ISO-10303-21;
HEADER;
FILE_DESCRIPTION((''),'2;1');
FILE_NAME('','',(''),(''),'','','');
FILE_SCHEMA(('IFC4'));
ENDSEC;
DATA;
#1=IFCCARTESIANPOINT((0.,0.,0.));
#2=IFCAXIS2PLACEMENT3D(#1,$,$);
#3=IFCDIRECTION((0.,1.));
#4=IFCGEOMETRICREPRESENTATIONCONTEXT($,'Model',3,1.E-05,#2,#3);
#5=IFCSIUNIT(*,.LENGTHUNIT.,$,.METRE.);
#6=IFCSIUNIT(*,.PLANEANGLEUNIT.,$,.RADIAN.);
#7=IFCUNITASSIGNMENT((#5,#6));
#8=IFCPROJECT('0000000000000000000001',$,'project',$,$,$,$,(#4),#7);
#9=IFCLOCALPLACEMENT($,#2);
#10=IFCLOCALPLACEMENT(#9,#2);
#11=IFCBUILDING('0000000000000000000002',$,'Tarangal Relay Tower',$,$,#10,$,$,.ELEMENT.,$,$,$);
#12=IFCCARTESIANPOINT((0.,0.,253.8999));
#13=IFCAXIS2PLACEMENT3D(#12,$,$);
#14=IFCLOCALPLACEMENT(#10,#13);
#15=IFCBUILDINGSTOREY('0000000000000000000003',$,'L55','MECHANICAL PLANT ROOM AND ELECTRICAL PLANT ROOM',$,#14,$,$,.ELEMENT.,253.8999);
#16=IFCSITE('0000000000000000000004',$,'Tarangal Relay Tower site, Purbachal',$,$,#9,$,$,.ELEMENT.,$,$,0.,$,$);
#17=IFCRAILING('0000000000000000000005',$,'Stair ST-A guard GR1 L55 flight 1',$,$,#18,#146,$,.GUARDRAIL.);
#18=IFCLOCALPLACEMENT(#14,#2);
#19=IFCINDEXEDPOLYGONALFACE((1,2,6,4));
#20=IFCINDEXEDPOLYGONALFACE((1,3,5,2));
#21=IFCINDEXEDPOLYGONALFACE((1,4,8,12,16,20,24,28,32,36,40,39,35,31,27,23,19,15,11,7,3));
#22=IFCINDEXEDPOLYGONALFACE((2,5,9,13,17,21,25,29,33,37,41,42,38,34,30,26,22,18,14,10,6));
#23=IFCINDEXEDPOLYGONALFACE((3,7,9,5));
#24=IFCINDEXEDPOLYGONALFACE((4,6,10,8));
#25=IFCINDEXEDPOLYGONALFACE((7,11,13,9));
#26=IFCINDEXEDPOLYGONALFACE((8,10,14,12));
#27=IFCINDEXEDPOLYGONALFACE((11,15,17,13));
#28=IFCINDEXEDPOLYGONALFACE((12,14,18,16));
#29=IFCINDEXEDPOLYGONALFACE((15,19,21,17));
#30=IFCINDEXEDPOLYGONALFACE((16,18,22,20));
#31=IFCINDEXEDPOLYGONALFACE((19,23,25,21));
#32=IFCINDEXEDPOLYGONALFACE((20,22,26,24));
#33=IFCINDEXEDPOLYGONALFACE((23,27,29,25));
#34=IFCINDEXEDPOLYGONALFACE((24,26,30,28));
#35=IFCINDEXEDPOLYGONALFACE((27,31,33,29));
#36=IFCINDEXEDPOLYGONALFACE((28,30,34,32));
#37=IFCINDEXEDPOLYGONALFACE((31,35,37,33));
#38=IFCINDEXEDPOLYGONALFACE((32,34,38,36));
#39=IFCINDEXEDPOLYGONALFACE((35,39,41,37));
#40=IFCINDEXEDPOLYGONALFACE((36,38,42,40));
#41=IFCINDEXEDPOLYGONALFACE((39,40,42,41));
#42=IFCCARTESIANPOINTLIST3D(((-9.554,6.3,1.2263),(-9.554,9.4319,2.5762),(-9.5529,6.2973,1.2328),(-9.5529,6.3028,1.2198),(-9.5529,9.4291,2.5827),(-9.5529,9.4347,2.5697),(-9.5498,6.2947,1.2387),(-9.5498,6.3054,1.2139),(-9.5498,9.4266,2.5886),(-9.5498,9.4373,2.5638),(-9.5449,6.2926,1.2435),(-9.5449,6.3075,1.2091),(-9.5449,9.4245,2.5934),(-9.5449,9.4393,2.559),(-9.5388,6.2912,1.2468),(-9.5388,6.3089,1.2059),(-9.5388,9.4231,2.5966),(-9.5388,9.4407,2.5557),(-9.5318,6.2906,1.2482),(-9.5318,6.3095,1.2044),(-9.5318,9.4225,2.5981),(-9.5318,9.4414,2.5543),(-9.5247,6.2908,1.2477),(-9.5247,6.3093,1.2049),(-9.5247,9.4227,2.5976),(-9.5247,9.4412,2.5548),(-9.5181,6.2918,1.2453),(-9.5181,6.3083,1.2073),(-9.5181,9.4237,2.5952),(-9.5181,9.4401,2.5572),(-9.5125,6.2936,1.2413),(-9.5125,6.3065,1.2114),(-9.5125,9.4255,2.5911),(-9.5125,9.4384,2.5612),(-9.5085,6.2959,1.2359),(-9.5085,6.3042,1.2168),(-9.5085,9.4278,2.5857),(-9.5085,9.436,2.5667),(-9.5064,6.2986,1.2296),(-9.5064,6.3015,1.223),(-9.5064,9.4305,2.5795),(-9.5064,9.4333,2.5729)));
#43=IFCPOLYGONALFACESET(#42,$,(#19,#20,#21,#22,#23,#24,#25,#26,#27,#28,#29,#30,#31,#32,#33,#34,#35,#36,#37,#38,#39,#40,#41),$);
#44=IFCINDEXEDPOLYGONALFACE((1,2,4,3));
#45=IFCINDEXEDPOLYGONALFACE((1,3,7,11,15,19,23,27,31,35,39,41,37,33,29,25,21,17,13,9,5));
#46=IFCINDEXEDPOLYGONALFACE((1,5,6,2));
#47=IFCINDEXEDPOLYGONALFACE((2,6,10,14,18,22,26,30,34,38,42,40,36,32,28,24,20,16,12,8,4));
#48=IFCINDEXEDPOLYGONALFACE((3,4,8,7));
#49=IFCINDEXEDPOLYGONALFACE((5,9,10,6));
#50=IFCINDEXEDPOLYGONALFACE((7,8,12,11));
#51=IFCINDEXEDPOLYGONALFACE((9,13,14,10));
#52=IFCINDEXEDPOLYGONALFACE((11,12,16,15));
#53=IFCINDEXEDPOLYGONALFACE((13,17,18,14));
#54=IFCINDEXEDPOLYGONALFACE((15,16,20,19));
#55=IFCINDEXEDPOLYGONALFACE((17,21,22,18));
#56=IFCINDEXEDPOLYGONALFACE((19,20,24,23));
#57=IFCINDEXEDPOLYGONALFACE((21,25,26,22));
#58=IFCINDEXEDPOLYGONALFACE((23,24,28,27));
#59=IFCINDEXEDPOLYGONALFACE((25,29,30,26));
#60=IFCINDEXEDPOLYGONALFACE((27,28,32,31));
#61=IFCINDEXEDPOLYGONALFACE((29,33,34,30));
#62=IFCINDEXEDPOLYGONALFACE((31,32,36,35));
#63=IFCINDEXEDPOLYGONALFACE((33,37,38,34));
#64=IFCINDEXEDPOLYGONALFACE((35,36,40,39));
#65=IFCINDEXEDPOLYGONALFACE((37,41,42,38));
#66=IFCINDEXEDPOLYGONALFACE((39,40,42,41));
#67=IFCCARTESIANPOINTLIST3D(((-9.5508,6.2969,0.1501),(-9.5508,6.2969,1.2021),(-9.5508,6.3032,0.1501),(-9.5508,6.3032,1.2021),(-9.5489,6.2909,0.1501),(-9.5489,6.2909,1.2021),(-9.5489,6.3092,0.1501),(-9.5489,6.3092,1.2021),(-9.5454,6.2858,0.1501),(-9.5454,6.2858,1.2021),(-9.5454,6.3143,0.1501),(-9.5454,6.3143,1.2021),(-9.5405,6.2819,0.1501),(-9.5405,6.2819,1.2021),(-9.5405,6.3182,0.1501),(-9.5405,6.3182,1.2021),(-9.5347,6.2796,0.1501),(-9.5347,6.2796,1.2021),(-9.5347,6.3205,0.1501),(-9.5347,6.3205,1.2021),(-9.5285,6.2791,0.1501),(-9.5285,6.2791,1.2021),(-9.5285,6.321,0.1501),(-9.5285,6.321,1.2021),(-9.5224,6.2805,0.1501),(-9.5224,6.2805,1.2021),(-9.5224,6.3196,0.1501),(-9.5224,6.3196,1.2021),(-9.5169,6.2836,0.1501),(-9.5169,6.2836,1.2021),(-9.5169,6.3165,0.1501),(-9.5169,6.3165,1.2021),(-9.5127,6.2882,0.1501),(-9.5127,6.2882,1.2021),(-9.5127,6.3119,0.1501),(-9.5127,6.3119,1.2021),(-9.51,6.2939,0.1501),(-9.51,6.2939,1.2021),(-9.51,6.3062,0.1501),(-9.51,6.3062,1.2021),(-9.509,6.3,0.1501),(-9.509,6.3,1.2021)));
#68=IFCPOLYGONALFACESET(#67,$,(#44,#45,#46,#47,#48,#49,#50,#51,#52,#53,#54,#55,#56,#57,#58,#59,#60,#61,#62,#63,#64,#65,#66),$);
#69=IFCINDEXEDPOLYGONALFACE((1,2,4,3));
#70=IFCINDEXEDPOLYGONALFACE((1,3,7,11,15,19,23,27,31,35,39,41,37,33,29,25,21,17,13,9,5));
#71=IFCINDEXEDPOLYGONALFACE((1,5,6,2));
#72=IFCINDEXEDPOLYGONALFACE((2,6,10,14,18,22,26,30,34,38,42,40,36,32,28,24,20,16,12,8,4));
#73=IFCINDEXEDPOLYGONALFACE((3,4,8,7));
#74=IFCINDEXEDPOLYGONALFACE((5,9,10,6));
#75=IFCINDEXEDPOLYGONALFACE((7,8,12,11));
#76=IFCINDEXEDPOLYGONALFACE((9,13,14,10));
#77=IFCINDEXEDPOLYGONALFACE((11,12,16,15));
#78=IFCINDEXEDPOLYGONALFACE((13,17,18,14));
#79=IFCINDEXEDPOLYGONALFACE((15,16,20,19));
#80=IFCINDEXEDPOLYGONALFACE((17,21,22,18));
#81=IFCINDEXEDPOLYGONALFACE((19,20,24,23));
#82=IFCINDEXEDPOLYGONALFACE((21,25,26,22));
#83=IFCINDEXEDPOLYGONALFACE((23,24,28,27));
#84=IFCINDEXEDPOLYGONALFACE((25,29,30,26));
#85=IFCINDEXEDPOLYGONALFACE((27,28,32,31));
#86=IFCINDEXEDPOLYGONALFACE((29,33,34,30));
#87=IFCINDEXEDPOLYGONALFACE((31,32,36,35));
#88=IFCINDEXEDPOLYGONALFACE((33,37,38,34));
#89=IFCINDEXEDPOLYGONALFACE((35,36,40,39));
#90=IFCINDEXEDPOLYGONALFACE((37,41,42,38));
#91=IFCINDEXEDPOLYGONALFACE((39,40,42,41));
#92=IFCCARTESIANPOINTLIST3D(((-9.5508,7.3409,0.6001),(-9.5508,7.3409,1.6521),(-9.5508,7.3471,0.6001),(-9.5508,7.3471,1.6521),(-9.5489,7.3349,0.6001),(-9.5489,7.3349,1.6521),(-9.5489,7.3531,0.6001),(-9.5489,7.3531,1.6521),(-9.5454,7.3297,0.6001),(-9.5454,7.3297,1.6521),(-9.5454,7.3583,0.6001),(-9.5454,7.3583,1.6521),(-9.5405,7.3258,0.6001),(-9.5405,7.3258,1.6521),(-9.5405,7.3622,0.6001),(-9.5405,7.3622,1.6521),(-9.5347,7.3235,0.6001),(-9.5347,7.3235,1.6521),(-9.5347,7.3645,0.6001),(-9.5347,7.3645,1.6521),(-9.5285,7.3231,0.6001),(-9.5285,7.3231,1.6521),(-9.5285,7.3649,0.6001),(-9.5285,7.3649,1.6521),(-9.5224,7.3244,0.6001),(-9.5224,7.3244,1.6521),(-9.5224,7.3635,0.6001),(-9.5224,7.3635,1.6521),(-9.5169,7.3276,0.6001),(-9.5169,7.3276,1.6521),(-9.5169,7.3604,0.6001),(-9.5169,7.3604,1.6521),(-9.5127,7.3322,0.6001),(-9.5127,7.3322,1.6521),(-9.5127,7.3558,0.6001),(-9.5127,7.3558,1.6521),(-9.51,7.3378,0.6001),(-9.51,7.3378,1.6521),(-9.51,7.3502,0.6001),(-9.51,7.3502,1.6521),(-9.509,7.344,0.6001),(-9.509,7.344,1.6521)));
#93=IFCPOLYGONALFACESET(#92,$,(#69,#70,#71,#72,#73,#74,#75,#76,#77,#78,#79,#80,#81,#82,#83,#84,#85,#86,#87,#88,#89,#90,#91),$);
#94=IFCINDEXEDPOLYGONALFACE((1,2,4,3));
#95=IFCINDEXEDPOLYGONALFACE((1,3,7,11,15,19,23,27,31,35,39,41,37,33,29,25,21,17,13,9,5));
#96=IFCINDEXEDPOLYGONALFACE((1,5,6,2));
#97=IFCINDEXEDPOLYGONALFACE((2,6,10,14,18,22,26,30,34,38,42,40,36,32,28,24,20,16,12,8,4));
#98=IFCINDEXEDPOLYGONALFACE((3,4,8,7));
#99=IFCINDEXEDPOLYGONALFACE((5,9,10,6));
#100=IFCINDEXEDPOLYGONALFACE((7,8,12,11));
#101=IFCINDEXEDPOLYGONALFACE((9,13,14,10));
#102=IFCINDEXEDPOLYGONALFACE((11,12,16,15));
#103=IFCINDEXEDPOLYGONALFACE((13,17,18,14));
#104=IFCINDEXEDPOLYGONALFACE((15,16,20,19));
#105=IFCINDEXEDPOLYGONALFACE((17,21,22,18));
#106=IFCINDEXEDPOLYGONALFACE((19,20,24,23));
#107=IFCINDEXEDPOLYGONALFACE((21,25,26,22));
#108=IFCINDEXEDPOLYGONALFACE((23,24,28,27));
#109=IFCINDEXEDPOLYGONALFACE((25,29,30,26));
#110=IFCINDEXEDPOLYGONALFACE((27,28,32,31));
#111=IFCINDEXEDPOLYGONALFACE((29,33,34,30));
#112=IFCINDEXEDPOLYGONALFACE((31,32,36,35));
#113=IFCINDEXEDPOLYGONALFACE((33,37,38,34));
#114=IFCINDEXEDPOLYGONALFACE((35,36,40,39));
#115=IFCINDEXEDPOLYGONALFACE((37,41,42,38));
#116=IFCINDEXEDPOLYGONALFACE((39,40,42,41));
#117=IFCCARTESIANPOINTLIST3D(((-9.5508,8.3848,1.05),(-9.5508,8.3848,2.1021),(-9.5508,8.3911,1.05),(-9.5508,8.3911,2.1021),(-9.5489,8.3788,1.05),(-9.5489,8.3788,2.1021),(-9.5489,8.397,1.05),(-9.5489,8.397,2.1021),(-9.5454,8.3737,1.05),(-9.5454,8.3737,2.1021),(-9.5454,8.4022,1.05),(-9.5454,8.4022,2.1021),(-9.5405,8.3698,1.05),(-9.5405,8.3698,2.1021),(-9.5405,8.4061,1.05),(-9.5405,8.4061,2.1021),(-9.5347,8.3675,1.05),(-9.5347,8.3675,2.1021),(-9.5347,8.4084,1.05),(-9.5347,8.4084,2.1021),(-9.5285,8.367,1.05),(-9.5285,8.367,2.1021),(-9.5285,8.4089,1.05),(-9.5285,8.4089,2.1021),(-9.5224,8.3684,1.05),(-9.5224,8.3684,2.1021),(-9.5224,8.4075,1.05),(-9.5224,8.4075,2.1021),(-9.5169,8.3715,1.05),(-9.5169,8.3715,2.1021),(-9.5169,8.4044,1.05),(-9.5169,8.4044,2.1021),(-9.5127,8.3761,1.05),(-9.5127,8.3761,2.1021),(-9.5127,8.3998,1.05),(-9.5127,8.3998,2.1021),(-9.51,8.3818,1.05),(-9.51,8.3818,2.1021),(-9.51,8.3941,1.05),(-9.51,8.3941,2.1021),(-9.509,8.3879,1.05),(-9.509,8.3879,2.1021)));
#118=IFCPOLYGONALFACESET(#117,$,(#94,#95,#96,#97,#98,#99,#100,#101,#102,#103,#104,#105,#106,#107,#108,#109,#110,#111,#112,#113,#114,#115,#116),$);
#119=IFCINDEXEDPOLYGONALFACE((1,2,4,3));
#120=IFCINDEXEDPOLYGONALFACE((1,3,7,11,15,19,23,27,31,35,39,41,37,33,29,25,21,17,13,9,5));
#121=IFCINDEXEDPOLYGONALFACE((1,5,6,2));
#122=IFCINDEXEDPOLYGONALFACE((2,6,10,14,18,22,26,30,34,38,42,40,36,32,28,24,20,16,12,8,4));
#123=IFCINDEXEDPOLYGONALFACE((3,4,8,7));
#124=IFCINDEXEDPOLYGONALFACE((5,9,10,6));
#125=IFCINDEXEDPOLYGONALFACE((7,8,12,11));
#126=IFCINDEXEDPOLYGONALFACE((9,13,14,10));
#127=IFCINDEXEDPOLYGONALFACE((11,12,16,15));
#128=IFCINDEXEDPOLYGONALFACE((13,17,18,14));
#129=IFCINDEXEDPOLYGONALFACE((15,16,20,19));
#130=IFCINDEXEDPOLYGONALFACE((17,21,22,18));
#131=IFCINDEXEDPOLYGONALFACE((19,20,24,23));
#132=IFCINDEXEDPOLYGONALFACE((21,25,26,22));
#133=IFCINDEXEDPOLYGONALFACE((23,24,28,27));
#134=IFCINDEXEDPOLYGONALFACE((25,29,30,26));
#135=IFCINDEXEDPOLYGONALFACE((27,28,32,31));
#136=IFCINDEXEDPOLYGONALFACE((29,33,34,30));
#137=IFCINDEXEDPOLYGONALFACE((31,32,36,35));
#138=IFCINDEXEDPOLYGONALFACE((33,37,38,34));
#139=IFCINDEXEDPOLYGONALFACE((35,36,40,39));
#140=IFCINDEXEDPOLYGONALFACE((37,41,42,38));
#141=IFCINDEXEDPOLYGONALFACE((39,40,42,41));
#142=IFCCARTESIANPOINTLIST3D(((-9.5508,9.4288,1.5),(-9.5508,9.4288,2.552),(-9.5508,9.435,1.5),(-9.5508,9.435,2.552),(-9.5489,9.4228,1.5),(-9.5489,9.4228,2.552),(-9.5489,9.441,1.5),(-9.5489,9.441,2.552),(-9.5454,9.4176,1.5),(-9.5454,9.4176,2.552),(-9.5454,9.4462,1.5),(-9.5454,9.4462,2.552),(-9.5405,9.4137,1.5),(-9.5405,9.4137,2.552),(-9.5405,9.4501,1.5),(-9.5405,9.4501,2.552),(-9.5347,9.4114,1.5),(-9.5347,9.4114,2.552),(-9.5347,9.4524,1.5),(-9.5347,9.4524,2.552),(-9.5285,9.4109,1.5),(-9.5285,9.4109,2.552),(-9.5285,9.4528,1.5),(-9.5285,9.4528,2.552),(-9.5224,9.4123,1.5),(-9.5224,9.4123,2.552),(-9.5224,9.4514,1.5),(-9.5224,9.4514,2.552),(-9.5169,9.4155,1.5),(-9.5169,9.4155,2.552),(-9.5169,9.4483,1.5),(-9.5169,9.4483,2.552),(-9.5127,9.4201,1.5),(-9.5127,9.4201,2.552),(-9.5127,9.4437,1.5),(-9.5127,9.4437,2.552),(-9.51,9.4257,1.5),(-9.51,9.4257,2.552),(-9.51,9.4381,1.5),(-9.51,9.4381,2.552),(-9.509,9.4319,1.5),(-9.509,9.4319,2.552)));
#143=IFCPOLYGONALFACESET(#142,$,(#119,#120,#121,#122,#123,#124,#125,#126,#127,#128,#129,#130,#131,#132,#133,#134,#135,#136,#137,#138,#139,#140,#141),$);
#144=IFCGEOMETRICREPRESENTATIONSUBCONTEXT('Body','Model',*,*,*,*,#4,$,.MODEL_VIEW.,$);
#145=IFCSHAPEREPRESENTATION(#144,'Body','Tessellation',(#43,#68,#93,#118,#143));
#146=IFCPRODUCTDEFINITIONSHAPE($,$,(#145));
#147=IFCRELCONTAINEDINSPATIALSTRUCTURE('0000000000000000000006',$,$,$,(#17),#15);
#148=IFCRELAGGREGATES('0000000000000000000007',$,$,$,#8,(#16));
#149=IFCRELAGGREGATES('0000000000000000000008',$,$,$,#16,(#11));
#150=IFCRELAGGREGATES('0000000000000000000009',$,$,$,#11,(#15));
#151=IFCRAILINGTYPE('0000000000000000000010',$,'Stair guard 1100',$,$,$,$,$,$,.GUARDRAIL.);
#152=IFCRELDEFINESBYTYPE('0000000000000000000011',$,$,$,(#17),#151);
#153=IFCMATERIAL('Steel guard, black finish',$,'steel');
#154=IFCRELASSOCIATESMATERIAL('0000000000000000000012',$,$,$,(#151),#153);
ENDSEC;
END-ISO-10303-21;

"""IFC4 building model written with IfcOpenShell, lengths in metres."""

from ifc_helpers import new_model, si_unit, direction, frame, origin, origin_2d, place, context, subcontext, project, spatial, circle, extrude, material, type_object, element, save


model = new_model("IFC4")

# Units and contexts
model_context = context("Model", 3, precision=1e-05, world=origin(), true_north=direction((0.0, 1.0)))
body_context = subcontext(model_context, "Body", "Model", "MODEL_VIEW")
ifc_project = project(units=[si_unit("LENGTHUNIT", "METRE"), si_unit("PLANEANGLEUNIT", "RADIAN")], contexts=[model_context])

# Site, building, storey
site_placement = place(None, origin())
site = spatial("IfcSite", under=ifc_project, at=site_placement, Name="Tarangal Relay Tower site, Purbachal", CompositionType="ELEMENT", RefElevation=0.0)
building_placement = place(site_placement, origin())
building = spatial("IfcBuilding", under=site, at=building_placement, Name="Tarangal Relay Tower", CompositionType="ELEMENT")
storey_placement = place(building_placement, frame((0.0, 0.0, 253.8999)))
storey = spatial("IfcBuildingStorey", under=building, at=storey_placement, Name="L55", Description="MECHANICAL PLANT ROOM AND ELECTRICAL PLANT ROOM", CompositionType="ELEMENT", Elevation=253.8999)

# Railing
ifc_material_1 = material(Name="Steel guard, black finish", Category="steel")
railing_type_1 = type_object("IfcRailingType", Name="Stair guard 1100", PredefinedType="GUARDRAIL", material=ifc_material_1)
for number, where, name in (
    (1, (-9.53, 6.3, 0.1501), "Stair ST-A guard GR1 L55 flight 1"),
):
    element("IfcRailing", number, at=place(storey_placement, frame(where)), inside=storey, type_object=railing_type_1, Name=name, PredefinedType="GUARDRAIL", context=body_context, shape_type="SweptSolid", body=[
        extrude(circle(Radius=0.0239, at=origin_2d()), frame((0.0, 0.0, 1.0762), z_axis=(0.0, 0.918332, 0.395811), x_axis=(-1.0, 0.0, 0.0)), (0.0, 0.0, 1.0), 3.4104),
        extrude(circle(Radius=0.021, at=origin_2d()), origin(), (0.0, 0.0, 1.0), 1.052),
        extrude(circle(Radius=0.021, at=origin_2d()), frame((0.0, 1.0439, 0.45)), (0.0, 0.0, 1.0), 1.052),
        extrude(circle(Radius=0.021, at=origin_2d()), frame((0.0, 2.0879, 0.8999)), (0.0, 0.0, 1.0), 1.052),
        extrude(circle(Radius=0.021, at=origin_2d()), frame((0.0, 3.1318, 1.3499)), (0.0, 0.0, 1.0), 1.052),
    ])

save(model, "model.ifc")
